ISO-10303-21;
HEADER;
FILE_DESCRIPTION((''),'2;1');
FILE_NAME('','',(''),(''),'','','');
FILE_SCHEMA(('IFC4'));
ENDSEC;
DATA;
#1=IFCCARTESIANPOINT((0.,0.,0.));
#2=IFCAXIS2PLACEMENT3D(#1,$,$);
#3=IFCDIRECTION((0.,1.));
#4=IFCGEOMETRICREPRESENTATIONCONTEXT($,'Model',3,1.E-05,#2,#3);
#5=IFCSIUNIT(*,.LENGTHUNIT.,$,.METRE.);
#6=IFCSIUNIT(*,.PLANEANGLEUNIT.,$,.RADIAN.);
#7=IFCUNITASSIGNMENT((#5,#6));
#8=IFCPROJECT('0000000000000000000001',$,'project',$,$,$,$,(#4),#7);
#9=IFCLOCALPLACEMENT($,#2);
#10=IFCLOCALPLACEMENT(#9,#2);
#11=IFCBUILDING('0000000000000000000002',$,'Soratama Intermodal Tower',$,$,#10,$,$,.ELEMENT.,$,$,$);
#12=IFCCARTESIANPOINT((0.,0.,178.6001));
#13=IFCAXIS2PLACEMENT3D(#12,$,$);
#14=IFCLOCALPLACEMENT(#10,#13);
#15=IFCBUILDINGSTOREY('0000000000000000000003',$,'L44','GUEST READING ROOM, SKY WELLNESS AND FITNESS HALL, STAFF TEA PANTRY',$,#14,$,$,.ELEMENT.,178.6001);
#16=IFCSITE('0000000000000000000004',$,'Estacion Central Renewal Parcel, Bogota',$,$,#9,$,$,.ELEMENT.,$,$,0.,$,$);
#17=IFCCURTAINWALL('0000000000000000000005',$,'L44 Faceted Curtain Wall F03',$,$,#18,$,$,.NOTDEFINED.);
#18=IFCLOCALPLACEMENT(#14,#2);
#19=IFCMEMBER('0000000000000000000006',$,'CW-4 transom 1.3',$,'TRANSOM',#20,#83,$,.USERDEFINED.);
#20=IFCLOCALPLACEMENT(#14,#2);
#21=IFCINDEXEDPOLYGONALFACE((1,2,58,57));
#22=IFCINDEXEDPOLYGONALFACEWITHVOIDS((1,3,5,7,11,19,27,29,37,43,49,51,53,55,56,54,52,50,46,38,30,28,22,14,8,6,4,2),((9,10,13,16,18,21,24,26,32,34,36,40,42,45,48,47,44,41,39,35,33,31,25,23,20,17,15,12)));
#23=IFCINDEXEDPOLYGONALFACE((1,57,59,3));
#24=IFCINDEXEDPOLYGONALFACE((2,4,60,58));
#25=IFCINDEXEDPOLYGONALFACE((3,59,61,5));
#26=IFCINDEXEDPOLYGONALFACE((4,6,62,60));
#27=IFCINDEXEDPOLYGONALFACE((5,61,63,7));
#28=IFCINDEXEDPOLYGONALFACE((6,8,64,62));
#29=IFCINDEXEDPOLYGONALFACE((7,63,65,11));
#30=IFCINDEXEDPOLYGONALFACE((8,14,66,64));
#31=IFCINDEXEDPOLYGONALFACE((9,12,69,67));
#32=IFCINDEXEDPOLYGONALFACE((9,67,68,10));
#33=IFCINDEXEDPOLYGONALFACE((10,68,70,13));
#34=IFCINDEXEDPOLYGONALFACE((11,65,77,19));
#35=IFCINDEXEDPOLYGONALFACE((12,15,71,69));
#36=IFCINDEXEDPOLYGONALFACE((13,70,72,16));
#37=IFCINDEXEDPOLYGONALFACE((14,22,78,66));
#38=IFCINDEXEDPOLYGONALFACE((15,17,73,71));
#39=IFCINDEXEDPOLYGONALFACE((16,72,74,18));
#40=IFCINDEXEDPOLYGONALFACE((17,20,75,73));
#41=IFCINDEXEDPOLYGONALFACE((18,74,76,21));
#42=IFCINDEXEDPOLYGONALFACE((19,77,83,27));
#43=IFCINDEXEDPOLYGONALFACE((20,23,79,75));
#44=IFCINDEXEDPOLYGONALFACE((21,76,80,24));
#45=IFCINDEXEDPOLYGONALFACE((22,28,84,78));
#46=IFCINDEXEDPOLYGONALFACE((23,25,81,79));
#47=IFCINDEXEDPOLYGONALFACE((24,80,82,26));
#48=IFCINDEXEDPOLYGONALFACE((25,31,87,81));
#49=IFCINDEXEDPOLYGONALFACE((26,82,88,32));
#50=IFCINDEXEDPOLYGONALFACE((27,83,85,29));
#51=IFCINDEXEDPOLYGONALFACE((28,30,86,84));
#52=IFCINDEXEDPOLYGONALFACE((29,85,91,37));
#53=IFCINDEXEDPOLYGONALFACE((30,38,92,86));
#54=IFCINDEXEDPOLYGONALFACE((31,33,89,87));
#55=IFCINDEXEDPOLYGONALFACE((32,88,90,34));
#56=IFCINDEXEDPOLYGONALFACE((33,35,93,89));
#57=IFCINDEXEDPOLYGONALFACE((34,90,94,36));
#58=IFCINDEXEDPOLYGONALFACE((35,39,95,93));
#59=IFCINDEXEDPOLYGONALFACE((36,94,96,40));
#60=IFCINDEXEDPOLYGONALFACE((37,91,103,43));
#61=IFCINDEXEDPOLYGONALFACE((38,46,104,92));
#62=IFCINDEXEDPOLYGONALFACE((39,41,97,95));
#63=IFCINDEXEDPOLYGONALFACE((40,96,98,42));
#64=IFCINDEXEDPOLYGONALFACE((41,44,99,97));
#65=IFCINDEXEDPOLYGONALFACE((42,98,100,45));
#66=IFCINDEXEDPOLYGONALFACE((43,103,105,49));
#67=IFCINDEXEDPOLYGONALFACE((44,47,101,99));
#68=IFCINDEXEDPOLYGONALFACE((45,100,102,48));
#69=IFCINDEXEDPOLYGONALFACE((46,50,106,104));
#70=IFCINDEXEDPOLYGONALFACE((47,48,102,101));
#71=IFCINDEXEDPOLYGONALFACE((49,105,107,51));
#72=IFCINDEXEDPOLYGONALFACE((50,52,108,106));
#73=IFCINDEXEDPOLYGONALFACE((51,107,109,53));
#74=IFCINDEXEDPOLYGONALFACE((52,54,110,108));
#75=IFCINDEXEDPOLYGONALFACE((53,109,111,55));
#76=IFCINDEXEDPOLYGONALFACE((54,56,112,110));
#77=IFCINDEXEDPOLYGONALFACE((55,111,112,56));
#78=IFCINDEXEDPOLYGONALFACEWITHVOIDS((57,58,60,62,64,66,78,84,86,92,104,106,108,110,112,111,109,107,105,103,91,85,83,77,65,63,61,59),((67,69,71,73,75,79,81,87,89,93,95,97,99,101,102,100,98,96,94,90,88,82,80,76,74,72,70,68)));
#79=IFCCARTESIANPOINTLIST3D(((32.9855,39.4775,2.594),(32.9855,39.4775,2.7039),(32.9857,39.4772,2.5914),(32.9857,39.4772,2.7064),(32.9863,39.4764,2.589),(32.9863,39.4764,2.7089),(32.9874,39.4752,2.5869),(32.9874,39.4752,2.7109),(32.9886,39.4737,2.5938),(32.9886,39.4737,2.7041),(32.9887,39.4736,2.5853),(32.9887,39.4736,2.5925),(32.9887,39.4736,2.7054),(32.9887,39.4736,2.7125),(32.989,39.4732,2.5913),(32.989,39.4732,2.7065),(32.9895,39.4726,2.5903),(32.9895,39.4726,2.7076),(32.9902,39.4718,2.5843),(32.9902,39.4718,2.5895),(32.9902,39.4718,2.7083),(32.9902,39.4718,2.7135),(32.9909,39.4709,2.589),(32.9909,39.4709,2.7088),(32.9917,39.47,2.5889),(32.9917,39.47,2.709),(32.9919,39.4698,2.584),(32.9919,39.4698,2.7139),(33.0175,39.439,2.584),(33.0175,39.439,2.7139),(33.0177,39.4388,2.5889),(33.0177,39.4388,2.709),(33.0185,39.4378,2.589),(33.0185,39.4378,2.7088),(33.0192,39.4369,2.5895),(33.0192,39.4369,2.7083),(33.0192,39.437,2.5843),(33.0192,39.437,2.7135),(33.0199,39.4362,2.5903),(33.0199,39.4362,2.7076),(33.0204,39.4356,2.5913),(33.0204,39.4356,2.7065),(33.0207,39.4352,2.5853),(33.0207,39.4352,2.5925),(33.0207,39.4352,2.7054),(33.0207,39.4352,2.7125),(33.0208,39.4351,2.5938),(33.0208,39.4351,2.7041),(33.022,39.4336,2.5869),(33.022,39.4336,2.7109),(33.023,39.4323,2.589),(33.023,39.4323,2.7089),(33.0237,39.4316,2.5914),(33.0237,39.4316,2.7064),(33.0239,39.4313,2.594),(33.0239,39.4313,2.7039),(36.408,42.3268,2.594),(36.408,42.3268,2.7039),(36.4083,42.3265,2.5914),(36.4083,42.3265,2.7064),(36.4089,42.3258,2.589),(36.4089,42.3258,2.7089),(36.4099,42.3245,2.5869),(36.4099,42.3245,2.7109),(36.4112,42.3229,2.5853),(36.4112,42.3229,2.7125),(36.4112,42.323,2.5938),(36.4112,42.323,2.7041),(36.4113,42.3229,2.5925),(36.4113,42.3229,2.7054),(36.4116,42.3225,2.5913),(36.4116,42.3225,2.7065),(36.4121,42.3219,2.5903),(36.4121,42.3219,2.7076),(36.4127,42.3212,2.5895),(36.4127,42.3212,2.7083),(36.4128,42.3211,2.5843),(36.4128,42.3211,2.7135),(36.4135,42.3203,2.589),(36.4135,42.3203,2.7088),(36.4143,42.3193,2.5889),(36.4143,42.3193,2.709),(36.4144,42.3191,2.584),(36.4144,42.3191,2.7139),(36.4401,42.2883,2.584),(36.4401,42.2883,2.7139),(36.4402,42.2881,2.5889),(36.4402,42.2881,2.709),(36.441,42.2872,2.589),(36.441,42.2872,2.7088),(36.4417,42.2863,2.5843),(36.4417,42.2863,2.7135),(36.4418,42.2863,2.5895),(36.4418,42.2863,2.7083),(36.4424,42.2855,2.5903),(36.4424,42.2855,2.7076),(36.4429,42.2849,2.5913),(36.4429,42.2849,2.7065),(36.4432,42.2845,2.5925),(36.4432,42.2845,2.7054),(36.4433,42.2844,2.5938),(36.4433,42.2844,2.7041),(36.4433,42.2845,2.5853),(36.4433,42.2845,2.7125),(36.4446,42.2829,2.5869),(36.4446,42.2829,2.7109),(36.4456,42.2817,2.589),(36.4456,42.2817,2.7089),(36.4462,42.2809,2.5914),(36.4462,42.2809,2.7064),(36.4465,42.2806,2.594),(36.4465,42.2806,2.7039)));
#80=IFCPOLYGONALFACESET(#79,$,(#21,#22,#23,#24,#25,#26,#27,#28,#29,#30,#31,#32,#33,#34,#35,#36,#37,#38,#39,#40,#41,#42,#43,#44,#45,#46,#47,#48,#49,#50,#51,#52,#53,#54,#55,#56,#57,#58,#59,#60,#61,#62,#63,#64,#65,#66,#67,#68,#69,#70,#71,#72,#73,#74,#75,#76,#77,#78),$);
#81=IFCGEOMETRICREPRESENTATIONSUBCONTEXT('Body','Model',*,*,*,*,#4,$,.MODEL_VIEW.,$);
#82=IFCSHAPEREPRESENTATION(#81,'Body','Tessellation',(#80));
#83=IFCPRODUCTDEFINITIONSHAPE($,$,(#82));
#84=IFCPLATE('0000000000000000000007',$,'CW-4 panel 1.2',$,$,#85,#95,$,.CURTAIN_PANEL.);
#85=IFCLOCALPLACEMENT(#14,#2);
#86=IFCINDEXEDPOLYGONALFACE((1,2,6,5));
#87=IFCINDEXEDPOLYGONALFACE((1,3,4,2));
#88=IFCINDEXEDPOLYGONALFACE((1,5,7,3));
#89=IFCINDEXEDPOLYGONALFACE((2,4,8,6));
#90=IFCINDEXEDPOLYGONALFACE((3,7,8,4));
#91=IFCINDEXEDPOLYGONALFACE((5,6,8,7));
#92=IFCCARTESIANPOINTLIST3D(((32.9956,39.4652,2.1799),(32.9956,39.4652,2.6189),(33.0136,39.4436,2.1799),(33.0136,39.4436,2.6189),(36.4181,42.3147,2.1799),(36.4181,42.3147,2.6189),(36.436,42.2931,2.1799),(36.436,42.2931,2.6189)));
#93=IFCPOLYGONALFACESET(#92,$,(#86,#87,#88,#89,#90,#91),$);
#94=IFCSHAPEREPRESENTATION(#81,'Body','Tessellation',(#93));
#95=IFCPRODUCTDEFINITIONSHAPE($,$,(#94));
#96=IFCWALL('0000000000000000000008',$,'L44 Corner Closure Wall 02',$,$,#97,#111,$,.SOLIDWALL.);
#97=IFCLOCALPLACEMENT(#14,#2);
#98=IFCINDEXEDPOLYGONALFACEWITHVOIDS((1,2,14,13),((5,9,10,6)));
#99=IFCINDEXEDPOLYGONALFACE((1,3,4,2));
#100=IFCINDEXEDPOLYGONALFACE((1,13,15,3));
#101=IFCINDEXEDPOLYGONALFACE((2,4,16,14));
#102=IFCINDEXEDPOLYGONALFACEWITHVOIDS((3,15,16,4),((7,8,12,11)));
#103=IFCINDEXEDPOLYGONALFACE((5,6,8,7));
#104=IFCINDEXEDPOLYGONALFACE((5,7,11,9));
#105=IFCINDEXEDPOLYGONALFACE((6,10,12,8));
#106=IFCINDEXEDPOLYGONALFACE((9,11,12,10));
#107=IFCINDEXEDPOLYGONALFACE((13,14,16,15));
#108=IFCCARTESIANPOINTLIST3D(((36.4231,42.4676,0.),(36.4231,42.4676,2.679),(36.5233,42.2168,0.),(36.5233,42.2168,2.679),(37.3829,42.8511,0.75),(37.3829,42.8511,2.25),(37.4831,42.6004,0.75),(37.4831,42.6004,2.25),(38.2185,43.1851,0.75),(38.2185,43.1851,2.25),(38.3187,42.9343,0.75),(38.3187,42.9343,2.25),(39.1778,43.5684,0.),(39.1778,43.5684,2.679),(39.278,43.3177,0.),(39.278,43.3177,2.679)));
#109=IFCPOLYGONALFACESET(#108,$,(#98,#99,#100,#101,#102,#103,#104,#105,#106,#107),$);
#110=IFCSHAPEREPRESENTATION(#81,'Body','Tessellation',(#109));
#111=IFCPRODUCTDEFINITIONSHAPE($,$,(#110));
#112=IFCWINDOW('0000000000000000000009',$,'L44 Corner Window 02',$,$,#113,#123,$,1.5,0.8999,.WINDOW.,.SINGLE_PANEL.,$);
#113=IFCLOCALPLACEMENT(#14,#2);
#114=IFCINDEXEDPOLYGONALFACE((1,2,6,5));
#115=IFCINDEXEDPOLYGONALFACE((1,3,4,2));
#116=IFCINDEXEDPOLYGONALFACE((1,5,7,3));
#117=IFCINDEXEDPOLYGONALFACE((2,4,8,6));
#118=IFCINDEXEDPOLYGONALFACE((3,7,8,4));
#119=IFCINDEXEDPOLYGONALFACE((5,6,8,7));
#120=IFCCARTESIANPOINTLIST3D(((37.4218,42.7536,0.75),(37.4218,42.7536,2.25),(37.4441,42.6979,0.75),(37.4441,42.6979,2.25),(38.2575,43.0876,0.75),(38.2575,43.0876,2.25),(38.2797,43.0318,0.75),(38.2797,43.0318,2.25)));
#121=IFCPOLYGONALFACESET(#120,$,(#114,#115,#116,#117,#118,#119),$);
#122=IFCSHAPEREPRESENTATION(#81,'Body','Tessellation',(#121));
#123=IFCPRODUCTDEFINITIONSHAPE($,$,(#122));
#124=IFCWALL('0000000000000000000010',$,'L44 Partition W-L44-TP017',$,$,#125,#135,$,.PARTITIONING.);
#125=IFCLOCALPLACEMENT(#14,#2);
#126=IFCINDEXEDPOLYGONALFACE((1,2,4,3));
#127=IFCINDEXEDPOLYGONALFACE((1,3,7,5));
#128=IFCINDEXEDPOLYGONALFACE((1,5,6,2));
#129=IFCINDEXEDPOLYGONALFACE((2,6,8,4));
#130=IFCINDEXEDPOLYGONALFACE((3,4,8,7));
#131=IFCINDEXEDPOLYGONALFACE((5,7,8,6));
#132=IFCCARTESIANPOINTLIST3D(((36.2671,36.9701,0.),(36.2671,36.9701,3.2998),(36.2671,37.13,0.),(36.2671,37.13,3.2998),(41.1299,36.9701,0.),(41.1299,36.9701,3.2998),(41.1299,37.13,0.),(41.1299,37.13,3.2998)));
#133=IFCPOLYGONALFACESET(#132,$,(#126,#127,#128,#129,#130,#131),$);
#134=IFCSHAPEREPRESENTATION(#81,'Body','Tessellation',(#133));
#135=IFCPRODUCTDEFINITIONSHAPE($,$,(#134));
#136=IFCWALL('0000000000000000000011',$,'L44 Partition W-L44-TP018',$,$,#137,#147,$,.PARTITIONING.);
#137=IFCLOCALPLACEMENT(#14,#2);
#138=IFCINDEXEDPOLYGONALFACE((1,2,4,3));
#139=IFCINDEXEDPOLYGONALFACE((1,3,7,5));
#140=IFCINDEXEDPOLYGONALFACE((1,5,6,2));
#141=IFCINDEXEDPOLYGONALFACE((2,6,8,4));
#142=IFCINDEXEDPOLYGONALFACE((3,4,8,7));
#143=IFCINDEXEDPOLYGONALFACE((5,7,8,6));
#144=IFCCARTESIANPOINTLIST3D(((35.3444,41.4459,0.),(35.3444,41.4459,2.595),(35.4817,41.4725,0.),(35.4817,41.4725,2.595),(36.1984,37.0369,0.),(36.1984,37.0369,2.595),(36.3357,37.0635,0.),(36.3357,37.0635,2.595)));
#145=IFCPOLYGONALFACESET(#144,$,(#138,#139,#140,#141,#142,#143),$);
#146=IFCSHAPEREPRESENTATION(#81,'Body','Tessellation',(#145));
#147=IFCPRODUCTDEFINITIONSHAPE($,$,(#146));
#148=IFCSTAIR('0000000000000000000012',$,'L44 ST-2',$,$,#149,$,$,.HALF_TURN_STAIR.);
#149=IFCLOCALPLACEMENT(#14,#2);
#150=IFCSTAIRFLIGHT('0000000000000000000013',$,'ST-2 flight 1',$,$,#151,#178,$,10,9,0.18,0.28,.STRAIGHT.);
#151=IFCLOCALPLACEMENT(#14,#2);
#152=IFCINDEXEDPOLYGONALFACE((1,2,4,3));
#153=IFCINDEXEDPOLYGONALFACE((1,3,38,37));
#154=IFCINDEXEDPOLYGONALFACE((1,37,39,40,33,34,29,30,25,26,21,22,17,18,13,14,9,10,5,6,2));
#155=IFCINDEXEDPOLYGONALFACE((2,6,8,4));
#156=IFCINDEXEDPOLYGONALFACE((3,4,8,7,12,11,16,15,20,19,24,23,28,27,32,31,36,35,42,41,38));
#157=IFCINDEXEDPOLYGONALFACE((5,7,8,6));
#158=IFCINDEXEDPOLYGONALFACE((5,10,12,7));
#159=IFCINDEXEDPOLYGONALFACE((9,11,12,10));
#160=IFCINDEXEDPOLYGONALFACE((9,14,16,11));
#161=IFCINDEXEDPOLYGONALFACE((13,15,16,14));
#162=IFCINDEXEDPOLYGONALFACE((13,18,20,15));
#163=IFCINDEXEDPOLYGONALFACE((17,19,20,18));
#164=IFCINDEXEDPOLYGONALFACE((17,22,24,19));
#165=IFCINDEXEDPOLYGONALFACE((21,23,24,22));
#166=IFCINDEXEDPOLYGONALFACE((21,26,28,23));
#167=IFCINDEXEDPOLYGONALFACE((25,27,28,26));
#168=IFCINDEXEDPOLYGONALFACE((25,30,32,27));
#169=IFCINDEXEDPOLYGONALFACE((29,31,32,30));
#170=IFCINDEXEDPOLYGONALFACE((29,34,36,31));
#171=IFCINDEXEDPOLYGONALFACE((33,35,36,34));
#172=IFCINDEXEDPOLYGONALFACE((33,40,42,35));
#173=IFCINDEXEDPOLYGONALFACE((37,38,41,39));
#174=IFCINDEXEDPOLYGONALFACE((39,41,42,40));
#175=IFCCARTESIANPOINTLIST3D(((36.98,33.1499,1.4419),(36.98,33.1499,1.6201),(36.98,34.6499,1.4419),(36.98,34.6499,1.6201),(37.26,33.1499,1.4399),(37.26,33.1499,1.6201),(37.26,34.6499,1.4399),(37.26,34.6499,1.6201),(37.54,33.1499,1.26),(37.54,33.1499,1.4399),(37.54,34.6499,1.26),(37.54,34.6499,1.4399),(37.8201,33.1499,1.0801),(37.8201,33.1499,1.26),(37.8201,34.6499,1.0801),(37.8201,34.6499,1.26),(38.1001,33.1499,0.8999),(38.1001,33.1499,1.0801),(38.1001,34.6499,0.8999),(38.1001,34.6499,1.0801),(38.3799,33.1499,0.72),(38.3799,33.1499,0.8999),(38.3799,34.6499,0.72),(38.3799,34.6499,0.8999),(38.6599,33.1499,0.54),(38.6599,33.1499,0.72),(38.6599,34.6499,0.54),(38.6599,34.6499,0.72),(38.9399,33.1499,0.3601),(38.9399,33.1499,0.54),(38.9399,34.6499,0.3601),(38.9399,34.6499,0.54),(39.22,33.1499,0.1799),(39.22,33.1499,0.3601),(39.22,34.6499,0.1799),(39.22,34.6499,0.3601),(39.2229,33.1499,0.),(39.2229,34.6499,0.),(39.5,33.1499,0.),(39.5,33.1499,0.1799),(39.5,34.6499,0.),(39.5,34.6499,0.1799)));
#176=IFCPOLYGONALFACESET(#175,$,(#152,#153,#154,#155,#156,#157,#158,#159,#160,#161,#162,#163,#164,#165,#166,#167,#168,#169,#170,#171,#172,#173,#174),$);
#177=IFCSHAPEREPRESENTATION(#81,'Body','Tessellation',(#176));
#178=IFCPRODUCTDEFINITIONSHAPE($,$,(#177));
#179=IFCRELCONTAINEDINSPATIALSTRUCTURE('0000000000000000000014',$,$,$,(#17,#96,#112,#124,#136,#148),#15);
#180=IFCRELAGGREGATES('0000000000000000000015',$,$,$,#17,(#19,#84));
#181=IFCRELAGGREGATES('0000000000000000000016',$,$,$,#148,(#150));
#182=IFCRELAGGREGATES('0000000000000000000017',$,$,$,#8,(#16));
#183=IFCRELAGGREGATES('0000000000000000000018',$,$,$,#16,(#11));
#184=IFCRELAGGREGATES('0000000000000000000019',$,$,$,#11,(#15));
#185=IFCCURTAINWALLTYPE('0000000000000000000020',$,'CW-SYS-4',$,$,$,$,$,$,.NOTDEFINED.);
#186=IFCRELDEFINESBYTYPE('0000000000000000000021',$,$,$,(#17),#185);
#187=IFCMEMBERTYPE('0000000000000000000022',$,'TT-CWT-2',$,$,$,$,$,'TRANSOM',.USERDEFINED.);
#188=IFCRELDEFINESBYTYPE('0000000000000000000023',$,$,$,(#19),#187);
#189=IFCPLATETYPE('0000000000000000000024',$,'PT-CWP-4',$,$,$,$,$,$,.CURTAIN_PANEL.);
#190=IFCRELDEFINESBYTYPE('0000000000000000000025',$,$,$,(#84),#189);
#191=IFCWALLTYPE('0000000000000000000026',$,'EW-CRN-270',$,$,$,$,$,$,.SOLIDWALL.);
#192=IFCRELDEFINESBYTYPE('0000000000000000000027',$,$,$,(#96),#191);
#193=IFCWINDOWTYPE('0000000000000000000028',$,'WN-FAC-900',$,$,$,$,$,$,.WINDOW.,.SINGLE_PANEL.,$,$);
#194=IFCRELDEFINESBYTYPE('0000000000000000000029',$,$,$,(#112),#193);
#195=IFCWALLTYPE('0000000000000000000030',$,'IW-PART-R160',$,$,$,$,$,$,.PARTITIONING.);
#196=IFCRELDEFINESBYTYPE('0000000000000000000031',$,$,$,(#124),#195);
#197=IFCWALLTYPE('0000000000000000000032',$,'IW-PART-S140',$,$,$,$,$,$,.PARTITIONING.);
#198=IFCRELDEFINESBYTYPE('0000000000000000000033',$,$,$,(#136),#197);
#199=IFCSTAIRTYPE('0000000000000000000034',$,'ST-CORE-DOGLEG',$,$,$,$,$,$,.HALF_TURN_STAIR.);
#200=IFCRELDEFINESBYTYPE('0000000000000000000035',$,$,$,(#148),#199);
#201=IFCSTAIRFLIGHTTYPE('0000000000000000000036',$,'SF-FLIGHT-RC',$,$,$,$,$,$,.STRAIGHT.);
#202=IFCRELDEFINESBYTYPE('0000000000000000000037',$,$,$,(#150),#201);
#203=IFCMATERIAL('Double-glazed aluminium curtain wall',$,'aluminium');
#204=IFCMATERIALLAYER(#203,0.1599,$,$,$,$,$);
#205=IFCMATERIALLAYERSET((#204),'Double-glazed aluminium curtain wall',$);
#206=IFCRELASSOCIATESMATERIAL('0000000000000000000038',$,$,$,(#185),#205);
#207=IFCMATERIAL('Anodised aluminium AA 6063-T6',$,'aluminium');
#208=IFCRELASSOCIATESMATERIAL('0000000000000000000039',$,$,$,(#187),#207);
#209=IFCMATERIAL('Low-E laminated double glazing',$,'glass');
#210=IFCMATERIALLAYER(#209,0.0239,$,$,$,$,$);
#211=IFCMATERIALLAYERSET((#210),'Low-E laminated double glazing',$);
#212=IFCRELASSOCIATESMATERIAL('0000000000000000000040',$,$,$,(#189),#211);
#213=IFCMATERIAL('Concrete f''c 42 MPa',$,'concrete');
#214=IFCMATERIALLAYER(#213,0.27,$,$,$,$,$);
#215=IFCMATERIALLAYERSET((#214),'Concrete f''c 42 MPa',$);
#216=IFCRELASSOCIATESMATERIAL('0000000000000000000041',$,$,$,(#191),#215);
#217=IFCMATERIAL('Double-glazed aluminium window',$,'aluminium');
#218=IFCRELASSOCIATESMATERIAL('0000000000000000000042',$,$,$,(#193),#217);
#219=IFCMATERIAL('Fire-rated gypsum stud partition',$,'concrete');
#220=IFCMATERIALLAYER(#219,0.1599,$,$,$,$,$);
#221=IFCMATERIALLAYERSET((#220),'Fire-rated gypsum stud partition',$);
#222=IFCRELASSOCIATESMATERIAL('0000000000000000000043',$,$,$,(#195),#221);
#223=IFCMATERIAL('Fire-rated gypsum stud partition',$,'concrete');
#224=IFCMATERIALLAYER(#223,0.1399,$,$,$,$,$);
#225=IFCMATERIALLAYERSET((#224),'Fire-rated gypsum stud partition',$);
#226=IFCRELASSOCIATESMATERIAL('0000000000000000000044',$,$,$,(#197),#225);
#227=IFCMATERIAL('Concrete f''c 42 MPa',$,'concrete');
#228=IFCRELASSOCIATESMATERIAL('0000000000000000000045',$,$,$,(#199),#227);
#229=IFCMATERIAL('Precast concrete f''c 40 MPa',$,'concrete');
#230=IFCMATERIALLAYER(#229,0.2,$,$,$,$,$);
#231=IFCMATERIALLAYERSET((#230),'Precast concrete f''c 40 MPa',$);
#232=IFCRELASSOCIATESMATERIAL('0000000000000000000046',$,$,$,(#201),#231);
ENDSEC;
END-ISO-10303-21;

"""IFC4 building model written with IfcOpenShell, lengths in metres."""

from ifc_helpers import new_model, si_unit, direction, frame, frame_2d, origin, origin_2d, place, context, subcontext, project, spatial, polyline, rectangle, hollow_rectangle, outline, extrude, material, layer, layer_set, material_profile, profile_set, type_object, element, fill, aggregate, save


model = new_model("IFC4")

# Units and contexts
model_context = context("Model", 3, precision=1e-05, world=origin(), true_north=direction((0.0, 1.0)))
body_context = subcontext(model_context, "Body", "Model", "MODEL_VIEW")
ifc_project = project(units=[si_unit("LENGTHUNIT", "METRE"), si_unit("PLANEANGLEUNIT", "RADIAN")], contexts=[model_context])

# Site, building, storey
site_placement = place(None, origin())
site = spatial("IfcSite", under=ifc_project, at=site_placement, Name="Estacion Central Renewal Parcel, Bogota", CompositionType="ELEMENT", RefElevation=0.0)
building_placement = place(site_placement, origin())
building = spatial("IfcBuilding", under=site, at=building_placement, Name="Soratama Intermodal Tower", CompositionType="ELEMENT")
storey_placement = place(building_placement, frame((0.0, 0.0, 178.6001)))
storey = spatial("IfcBuildingStorey", under=building, at=storey_placement, Name="L44", Description="GUEST READING ROOM, SKY WELLNESS AND FITNESS HALL, STAFF TEA PANTRY", CompositionType="ELEMENT", Elevation=178.6001)

# Shared definitions
ifc_material_1 = material(Name="Double-glazed aluminium curtain wall", Category="aluminium")
ifc_layer_1 = layer(ifc_material_1, 0.1599)
ifc_layer_set_1 = layer_set([ifc_layer_1], Name="Double-glazed aluminium curtain wall")
curtain_wall_type = type_object("IfcCurtainWallType", Name="CW-SYS-4", PredefinedType="NOTDEFINED", material=ifc_layer_set_1)

# Curtain wall, member, plate
curtain_wall_1_placement = place(storey_placement, origin())
curtain_wall_1 = element("IfcCurtainWall", 1, at=curtain_wall_1_placement, inside=storey, type_object=curtain_wall_type, Name="L44 Faceted Curtain Wall F03", PredefinedType="NOTDEFINED")
ifc_material_2 = material(Name="Anodised aluminium AA 6063-T6", Category="aluminium")
ifc_material_profile_1 = material_profile(ifc_material_2, hollow_rectangle(XDim=0.0601, YDim=0.1299, WallThickness=0.0049, InnerFilletRadius=0.0049, OuterFilletRadius=0.01, at=origin_2d()), Name="CWT130X60X5")
ifc_profile_set_1 = profile_set([ifc_material_profile_1], Name="Anodised aluminium AA 6063-T6")
member_type_1 = type_object("IfcMemberType", Name="TT-CWT-2", ElementType="TRANSOM", PredefinedType="USERDEFINED", material=ifc_profile_set_1)
member_1_placement = place(storey_placement, frame((36.4272, 42.3037, 2.6489), z_axis=(-0.768531, -0.639812, 0.0), x_axis=(0.639812, -0.768531, 0.0)))
member_1 = element("IfcMember", 2, at=member_1_placement, type_object=member_type_1, Name="CW-4 transom 1.3", ObjectType="TRANSOM", PredefinedType="USERDEFINED", context=body_context, shape_type="SweptSolid", body=[
    extrude(hollow_rectangle(XDim=0.0601, YDim=0.1299, WallThickness=0.0049, InnerFilletRadius=0.0049, OuterFilletRadius=0.01, at=origin_2d()), origin(), (0.0, 0.0, 1.0), 4.4534),
])
ifc_material_3 = material(Name="Low-E laminated double glazing", Category="glass")
ifc_layer_2 = layer(ifc_material_3, 0.0239)
ifc_layer_set_2 = layer_set([ifc_layer_2], Name="Low-E laminated double glazing")
plate_type = type_object("IfcPlateType", Name="PT-CWP-4", PredefinedType="CURTAIN_PANEL", material=ifc_layer_set_2)
plate_placement = place(storey_placement, frame((34.7158, 40.8792, 2.1799), z_axis=(0.0, 0.0, 1.0), x_axis=(-0.768508, -0.63984, 0.0)))
plate = element("IfcPlate", 3, at=plate_placement, type_object=plate_type, Name="CW-4 panel 1.2", PredefinedType="CURTAIN_PANEL", context=body_context, shape_type="SweptSolid", body=[
    extrude(rectangle(XDim=4.4534, YDim=0.0281, at=origin_2d()), origin(), (0.0, 0.0, 1.0), 0.439),
])
aggregate(curtain_wall_1, [member_1, plate])

# Wall, opening, window
ifc_material_4 = material(Name="Concrete f'c 42 MPa", Category="concrete")
ifc_layer_3 = layer(ifc_material_4, 0.27)
ifc_layer_set_3 = layer_set([ifc_layer_3], Name="Concrete f'c 42 MPa")
wall_type_1 = type_object("IfcWallType", Name="EW-CRN-270", PredefinedType="SOLIDWALL", material=ifc_layer_set_3)
wall_1_placement = place(storey_placement, frame((39.228, 43.4431, 0.0), z_axis=(0.0, 0.0, 1.0), x_axis=(-0.928596, -0.371093, 0.0)))
wall_1 = element("IfcWall", 4, at=wall_1_placement, inside=storey, type_object=wall_type_1, Name="L44 Corner Closure Wall 02", PredefinedType="SOLIDWALL", context=body_context, shape_type="SweptSolid", body=[
    extrude(rectangle(XDim=2.9666, YDim=0.27, at=frame_2d((1.4834, 0.0))), origin(), (0.0, 0.0, 1.0), 2.679),
])
opening_placement = place(wall_1_placement, frame((1.0332, 0.0, 0.75)))
opening = element("IfcOpeningElement", 5, at=opening_placement, cuts=wall_1, PredefinedType="OPENING", context=body_context, shape_type="SweptSolid", body=[
    extrude(rectangle(XDim=0.8999, YDim=1.5, at=frame_2d((0.45, 0.75))), frame((0.0, 0.145, 0.0), z_axis=(0.0, -1.0, 0.0), x_axis=(1.0, 0.0, 0.0)), (0.0, 0.0, 1.0), 0.29),
])
ifc_material_5 = material(Name="Double-glazed aluminium window", Category="aluminium")
window_type = type_object("IfcWindowType", Name="WN-FAC-900", PartitioningType="SINGLE_PANEL", PredefinedType="WINDOW", material=ifc_material_5)
window_placement = place(opening_placement, origin())
window = element("IfcWindow", 6, at=window_placement, inside=storey, type_object=window_type, Name="L44 Corner Window 02", OverallHeight=1.5, OverallWidth=0.8999, PartitioningType="SINGLE_PANEL", PredefinedType="WINDOW", context=body_context, shape_type="SweptSolid", body=[
    extrude(rectangle(XDim=0.8999, YDim=1.5, at=frame_2d((0.45, 0.75))), frame((0.0, 0.03, 0.0), z_axis=(0.0, -1.0, 0.0), x_axis=(1.0, 0.0, 0.0)), (0.0, 0.0, 1.0), 0.0601),
])
fill(opening, window)

# Walls
ifc_material_6 = material(Name="Fire-rated gypsum stud partition", Category="concrete")
ifc_layer_4 = layer(ifc_material_6, 0.1599)
ifc_layer_set_4 = layer_set([ifc_layer_4], Name="Fire-rated gypsum stud partition")
wall_type_2 = type_object("IfcWallType", Name="IW-PART-R160", PredefinedType="PARTITIONING", material=ifc_layer_set_4)
wall_2_placement = place(storey_placement, frame((36.2671, 37.05, 0.0), z_axis=(0.0, 0.0, 1.0), x_axis=(1.0, 0.0, 0.0)))
element("IfcWall", 7, at=wall_2_placement, inside=storey, type_object=wall_type_2, Name="L44 Partition W-L44-TP017", PredefinedType="PARTITIONING", context=body_context, shape_type="SweptSolid", body=[
    extrude(rectangle(XDim=4.8628, YDim=0.1599, at=frame_2d((2.4314, 0.0))), origin(), (0.0, 0.0, 1.0), 3.2998),
])
ifc_material_7 = material(Name="Fire-rated gypsum stud partition", Category="concrete")
ifc_layer_5 = layer(ifc_material_7, 0.1399)
ifc_layer_set_5 = layer_set([ifc_layer_5], Name="Fire-rated gypsum stud partition")
wall_type_3 = type_object("IfcWallType", Name="IW-PART-S140", PredefinedType="PARTITIONING", material=ifc_layer_set_5)
wall_3_placement = place(storey_placement, frame((36.2671, 37.05, 0.0), z_axis=(0.0, 0.0, 1.0), x_axis=(-0.190164, 0.981752, 0.0)))
element("IfcWall", 8, at=wall_3_placement, inside=storey, type_object=wall_type_3, Name="L44 Partition W-L44-TP018", PredefinedType="PARTITIONING", context=body_context, shape_type="SweptSolid", body=[
    extrude(rectangle(XDim=4.491, YDim=0.1399, at=frame_2d((2.2456, 0.0))), origin(), (0.0, 0.0, 1.0), 2.595),
])

# Stair, stair flight
ifc_material_8 = material(Name="Concrete f'c 42 MPa", Category="concrete")
stair_type = type_object("IfcStairType", Name="ST-CORE-DOGLEG", PredefinedType="HALF_TURN_STAIR", material=ifc_material_8)
stair_placement = place(storey_placement, origin())
stair = element("IfcStair", 9, at=stair_placement, inside=storey, type_object=stair_type, Name="L44 ST-2", PredefinedType="HALF_TURN_STAIR")
ifc_material_9 = material(Name="Precast concrete f'c 40 MPa", Category="concrete")
ifc_layer_6 = layer(ifc_material_9, 0.2)
ifc_layer_set_6 = layer_set([ifc_layer_6], Name="Precast concrete f'c 40 MPa")
stair_flight_type = type_object("IfcStairFlightType", Name="SF-FLIGHT-RC", PredefinedType="STRAIGHT", material=ifc_layer_set_6)
stair_flight_placement = place(storey_placement, frame((39.5, 33.8999, 0.0), z_axis=(0.0, 0.0, 1.0), x_axis=(-1.0, 0.0, 0.0)))
stair_flight = element("IfcStairFlight", 10, at=stair_flight_placement, type_object=stair_flight_type, Name="ST-2 flight 1", NumberOfRisers=10, NumberOfTreads=9, PredefinedType="STRAIGHT", RiserHeight=0.18, TreadLength=0.28, context=body_context, shape_type="SweptSolid", body=[
    extrude(outline(polyline([(0.0, 0.0), (0.0, 0.1799), (0.28, 0.1799), (0.28, 0.3601), (0.5601, 0.3601), (0.5601, 0.54), (0.8401, 0.54), (0.8401, 0.72), (1.1201, 0.72), (1.1201, 0.8999), (1.3999, 0.8999), (1.3999, 1.0801), (1.6799, 1.0801), (1.6799, 1.26), (1.96, 1.26), (1.96, 1.4399), (2.24, 1.4399), (2.24, 1.6201), (2.52, 1.6201), (2.52, 1.8), (2.52, 1.4419), (0.2771, 0.0), (0.0, 0.0)])), frame((0.0, 0.75, 0.0), z_axis=(0.0, -1.0, 0.0), x_axis=(1.0, 0.0, 0.0)), (0.0, 0.0, 1.0), 1.5),
])
aggregate(stair, [stair_flight])

save(model, "model.ifc")
